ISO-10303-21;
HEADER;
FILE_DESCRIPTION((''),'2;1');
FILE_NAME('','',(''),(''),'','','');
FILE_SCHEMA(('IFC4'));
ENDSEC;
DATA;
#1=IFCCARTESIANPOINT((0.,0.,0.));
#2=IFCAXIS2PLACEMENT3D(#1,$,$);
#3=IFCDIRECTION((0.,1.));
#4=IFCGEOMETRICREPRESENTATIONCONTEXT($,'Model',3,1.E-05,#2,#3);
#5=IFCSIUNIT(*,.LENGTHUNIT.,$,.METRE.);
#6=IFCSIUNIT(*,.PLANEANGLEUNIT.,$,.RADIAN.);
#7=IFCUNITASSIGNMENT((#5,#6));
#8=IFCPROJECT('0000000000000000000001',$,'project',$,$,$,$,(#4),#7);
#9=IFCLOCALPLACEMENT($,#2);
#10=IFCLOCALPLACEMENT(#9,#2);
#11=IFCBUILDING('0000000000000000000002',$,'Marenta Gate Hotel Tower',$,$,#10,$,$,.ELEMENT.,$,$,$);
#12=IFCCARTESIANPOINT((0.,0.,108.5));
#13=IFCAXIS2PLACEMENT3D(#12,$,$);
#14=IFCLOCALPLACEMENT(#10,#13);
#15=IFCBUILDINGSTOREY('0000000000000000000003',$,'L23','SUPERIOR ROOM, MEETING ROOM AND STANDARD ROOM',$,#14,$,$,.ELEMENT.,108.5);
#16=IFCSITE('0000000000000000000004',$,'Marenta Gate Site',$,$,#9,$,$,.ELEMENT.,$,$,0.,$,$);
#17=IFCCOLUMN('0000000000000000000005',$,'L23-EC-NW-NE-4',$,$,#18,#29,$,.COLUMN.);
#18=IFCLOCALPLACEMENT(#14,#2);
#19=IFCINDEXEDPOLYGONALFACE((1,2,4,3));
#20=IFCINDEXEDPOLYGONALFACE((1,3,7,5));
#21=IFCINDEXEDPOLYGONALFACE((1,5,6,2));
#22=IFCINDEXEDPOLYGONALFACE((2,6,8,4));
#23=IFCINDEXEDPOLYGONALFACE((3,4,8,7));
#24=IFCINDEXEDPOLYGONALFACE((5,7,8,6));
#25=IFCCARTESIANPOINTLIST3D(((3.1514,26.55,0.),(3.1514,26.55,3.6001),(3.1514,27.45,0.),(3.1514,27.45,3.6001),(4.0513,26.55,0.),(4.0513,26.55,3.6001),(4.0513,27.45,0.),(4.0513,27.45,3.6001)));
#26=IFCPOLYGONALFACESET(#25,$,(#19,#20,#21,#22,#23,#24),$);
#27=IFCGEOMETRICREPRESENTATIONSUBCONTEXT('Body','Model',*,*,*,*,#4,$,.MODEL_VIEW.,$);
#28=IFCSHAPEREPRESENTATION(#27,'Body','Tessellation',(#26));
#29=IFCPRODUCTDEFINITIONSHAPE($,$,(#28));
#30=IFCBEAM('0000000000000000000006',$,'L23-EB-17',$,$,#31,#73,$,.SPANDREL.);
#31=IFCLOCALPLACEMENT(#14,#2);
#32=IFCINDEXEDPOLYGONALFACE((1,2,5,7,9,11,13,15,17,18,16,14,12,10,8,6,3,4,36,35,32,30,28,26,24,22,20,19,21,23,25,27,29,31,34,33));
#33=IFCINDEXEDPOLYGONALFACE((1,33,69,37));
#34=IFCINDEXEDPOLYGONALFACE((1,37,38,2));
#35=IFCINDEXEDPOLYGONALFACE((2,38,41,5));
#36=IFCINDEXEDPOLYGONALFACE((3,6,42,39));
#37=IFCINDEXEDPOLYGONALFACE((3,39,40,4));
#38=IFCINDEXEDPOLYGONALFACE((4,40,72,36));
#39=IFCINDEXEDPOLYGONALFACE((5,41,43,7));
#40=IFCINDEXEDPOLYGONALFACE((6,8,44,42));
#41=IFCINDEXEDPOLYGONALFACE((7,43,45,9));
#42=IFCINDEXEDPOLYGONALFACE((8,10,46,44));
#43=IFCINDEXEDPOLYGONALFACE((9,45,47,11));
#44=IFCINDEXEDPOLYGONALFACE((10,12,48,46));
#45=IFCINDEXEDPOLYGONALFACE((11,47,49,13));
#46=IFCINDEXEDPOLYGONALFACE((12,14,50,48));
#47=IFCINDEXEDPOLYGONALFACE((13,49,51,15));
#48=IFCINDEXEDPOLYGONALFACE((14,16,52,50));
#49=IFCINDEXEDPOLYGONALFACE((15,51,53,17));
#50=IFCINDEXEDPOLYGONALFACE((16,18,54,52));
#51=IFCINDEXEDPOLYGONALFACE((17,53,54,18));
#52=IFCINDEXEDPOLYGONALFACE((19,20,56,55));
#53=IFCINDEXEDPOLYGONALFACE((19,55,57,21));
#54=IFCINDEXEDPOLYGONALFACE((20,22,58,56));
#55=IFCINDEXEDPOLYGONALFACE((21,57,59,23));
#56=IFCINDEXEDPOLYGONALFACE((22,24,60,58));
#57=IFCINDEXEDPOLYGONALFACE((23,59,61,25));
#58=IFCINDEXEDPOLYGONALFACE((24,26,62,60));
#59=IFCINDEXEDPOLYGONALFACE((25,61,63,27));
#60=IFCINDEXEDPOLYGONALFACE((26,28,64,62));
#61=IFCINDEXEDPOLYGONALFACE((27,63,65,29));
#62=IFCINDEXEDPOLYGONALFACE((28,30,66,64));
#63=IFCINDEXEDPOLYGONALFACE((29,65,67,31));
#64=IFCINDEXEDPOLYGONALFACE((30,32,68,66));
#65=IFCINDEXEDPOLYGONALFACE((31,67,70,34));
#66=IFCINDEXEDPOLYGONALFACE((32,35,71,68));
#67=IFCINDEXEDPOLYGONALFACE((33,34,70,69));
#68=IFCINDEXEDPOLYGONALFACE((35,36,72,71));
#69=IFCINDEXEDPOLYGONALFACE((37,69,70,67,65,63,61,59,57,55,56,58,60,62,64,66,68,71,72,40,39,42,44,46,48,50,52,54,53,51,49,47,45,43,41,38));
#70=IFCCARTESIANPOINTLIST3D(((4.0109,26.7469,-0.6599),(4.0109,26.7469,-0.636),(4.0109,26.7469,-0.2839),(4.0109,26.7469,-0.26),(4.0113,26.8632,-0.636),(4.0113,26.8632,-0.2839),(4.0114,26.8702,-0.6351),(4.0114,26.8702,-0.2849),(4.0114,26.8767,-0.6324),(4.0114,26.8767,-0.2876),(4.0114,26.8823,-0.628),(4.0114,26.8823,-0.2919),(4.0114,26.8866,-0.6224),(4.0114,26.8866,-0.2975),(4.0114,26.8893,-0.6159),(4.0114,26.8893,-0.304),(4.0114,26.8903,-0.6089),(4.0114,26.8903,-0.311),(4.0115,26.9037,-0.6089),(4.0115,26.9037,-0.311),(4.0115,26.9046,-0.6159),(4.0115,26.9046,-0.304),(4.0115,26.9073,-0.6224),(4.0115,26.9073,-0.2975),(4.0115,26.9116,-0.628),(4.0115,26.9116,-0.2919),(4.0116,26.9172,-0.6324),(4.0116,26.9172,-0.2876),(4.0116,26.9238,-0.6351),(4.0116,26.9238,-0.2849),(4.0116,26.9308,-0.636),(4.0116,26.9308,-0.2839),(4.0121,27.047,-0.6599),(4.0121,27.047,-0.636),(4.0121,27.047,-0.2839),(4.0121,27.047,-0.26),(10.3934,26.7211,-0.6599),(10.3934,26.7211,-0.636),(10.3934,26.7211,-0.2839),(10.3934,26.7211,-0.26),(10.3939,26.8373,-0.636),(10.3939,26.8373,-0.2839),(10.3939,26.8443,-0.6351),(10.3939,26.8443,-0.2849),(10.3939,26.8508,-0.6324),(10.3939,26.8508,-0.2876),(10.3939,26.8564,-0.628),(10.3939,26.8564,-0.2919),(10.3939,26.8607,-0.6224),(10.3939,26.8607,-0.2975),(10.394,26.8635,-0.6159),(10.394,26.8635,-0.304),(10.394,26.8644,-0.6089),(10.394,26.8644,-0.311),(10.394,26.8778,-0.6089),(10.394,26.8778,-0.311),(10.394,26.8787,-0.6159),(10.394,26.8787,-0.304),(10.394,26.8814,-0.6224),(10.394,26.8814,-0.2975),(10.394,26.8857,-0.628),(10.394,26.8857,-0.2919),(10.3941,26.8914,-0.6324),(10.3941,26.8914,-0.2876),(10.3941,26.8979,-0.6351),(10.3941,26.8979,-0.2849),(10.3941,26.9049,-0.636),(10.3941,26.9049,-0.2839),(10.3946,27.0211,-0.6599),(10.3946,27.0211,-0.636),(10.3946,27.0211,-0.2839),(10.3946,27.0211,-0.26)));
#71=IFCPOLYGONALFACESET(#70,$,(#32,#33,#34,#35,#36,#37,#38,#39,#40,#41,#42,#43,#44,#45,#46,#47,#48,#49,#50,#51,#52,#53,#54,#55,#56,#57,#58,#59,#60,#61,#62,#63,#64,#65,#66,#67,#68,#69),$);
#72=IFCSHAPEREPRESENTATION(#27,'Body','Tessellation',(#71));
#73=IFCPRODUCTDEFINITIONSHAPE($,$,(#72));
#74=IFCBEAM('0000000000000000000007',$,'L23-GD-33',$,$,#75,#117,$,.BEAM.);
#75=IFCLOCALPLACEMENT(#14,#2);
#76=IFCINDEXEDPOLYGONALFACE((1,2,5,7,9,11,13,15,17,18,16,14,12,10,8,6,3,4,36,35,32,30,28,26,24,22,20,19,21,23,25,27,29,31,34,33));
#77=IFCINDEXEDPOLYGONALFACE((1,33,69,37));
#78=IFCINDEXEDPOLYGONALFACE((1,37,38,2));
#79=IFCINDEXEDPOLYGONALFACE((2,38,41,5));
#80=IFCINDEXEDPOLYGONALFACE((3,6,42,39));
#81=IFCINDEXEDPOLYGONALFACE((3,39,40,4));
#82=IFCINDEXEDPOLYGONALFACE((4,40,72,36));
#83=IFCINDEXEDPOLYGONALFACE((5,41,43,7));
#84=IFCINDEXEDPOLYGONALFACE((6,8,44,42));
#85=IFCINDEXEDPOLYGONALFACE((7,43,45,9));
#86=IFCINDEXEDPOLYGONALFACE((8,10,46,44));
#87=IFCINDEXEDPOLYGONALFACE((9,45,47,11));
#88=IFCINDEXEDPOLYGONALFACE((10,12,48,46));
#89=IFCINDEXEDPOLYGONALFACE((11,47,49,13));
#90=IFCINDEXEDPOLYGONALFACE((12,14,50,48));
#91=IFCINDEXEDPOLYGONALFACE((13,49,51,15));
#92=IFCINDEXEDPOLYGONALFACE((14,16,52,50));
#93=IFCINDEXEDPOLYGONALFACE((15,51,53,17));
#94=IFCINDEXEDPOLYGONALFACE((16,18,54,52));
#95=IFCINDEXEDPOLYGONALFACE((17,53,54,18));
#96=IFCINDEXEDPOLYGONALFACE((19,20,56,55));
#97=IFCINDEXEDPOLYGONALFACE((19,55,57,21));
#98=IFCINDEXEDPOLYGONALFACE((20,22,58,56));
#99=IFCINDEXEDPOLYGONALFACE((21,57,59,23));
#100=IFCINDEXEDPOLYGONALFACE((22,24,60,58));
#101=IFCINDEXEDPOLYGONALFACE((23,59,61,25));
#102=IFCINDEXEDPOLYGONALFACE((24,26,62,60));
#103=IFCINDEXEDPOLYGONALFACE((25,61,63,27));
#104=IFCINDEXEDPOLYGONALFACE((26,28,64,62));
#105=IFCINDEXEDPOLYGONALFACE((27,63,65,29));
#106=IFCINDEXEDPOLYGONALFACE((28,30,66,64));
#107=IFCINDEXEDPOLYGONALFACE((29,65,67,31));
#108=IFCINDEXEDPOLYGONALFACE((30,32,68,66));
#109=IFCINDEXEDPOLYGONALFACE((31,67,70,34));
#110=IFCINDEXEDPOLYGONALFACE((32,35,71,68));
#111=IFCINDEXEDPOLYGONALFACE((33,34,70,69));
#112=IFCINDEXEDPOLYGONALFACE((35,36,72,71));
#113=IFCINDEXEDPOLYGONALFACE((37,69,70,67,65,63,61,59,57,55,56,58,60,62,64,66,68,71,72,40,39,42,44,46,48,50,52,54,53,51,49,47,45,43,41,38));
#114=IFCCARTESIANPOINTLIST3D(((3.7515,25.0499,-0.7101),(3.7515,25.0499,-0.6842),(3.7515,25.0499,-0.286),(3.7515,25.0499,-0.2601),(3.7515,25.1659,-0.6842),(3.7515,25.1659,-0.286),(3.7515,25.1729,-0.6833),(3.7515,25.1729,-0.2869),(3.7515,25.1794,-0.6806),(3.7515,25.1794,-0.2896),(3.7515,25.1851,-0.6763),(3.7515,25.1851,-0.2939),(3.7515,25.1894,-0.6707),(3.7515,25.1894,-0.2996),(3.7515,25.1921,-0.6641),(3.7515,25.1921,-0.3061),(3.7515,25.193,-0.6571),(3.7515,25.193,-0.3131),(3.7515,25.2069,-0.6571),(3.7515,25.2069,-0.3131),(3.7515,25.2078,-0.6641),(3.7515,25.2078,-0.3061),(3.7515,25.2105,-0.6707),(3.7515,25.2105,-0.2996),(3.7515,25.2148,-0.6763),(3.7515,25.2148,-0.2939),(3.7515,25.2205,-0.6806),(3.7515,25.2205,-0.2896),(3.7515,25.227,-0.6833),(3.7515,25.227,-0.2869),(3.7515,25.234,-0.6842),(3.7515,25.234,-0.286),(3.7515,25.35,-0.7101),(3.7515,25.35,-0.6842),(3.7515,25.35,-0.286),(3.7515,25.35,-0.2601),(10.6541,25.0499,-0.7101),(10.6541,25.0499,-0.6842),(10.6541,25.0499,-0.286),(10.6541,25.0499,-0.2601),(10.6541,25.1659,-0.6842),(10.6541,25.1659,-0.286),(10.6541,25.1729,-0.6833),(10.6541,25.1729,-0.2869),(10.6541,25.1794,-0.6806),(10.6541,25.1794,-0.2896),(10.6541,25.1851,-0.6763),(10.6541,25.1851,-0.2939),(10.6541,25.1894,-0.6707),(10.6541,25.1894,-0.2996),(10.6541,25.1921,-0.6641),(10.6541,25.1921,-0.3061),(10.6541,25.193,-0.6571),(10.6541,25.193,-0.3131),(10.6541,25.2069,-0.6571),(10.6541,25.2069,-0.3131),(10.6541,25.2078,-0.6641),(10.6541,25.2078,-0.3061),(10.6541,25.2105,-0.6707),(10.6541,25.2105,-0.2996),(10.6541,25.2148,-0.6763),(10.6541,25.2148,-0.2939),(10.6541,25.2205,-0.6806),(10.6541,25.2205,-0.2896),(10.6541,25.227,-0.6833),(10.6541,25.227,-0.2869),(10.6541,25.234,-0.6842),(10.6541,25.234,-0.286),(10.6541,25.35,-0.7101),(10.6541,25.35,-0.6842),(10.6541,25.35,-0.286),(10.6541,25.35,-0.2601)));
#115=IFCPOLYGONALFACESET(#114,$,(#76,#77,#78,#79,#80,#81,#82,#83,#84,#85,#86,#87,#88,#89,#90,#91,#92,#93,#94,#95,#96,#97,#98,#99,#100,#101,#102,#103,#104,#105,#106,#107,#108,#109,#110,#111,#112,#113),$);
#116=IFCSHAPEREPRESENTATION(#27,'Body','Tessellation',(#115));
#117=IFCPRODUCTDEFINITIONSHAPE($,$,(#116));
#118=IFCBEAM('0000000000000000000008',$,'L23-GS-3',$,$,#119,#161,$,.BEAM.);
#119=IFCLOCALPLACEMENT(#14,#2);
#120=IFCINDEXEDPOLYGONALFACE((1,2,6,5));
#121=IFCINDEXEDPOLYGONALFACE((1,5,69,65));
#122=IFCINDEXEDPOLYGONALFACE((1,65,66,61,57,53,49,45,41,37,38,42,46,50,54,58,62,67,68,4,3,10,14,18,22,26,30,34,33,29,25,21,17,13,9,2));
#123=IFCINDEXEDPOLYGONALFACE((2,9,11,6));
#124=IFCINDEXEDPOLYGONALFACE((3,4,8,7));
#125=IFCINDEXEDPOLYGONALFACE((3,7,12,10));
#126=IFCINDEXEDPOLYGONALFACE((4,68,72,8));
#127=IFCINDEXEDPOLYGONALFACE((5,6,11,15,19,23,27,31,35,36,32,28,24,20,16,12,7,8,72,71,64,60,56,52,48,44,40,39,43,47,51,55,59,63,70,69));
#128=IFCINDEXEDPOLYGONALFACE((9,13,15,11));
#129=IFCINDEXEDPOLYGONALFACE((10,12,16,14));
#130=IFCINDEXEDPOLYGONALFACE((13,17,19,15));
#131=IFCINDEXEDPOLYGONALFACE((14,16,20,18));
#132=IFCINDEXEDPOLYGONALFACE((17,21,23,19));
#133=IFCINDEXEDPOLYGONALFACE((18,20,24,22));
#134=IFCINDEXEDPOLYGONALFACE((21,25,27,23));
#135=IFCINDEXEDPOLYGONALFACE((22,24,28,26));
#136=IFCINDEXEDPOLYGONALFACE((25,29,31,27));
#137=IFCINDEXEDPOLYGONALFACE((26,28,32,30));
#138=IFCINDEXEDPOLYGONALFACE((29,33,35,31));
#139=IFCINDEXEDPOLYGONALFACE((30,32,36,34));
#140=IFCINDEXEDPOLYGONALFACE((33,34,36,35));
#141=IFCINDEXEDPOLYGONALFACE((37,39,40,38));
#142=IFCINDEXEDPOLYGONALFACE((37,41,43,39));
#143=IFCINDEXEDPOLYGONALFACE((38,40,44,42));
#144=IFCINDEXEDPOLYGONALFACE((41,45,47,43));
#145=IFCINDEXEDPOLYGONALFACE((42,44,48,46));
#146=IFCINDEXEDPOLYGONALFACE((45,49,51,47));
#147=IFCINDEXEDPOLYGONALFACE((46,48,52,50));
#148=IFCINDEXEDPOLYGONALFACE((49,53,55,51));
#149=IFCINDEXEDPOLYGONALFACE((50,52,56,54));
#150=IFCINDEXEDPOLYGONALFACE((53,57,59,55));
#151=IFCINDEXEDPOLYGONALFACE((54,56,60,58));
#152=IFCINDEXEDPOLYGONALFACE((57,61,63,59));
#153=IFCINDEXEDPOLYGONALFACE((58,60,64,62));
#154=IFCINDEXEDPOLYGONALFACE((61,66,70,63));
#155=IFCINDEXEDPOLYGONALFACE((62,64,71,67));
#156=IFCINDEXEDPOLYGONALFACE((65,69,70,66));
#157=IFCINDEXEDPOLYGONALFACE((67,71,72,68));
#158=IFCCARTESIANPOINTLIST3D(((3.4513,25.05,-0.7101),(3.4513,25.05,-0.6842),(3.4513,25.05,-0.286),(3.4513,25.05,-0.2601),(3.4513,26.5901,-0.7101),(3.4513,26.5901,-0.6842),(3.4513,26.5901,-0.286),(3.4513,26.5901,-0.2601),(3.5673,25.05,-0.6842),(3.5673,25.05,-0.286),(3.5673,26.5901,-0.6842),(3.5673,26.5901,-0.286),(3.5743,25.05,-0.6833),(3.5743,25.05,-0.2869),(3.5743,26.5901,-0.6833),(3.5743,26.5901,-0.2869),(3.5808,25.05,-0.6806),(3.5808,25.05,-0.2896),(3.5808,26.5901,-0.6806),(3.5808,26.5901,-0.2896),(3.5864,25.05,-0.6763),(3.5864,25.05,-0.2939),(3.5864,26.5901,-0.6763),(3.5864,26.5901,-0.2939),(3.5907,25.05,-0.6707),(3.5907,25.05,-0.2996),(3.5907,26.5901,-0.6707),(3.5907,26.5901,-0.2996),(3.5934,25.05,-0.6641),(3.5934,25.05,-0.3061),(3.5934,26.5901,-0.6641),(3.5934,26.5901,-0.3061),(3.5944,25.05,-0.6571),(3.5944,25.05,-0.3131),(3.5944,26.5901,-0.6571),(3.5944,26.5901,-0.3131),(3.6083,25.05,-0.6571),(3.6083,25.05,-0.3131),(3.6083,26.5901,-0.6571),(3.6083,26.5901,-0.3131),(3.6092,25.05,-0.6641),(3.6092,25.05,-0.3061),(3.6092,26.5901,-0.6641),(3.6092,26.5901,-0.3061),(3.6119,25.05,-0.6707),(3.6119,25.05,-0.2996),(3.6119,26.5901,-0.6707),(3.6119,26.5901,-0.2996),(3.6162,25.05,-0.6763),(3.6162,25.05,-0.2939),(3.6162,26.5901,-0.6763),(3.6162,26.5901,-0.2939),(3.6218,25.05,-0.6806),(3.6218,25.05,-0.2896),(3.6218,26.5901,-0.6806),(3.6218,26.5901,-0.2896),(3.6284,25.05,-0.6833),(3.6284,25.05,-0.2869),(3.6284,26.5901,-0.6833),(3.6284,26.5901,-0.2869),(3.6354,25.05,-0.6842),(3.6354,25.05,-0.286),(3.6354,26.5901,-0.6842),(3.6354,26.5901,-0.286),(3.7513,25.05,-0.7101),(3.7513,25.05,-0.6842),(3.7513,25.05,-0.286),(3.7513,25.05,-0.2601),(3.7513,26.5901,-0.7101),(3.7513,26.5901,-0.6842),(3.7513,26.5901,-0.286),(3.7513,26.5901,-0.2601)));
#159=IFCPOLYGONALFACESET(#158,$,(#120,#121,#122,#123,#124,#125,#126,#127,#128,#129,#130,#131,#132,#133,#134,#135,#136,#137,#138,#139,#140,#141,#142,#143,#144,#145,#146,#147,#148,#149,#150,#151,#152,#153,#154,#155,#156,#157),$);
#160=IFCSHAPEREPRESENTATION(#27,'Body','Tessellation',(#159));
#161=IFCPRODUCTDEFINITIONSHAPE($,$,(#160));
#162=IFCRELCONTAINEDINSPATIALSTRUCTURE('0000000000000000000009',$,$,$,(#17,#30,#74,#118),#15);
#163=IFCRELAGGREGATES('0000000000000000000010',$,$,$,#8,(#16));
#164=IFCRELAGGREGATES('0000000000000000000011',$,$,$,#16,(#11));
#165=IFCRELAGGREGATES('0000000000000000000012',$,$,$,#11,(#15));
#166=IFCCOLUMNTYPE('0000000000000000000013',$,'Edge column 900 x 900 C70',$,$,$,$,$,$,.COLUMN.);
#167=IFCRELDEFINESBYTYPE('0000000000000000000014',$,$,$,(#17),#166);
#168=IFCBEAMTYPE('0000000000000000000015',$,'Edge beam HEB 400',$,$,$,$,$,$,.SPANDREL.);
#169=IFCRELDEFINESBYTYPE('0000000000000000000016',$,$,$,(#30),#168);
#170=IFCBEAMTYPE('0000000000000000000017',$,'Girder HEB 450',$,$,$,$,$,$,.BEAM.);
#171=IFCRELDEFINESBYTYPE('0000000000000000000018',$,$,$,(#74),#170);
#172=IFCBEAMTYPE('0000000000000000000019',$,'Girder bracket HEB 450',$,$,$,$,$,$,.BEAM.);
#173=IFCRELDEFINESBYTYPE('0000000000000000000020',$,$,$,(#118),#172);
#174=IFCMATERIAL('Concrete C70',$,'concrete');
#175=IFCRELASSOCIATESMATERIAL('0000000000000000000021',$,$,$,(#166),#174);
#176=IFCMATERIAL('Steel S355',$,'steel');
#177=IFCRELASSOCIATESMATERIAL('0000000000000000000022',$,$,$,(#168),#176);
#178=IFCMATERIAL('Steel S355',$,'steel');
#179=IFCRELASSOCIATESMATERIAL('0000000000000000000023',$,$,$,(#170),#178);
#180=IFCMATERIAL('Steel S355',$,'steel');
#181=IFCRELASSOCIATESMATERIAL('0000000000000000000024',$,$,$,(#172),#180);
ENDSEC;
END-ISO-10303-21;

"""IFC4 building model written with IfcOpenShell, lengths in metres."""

from ifc_helpers import new_model, si_unit, direction, frame, origin, origin_2d, place, context, subcontext, project, spatial, rectangle, i_section, extrude, material, material_profile, profile_set, type_object, element, save


model = new_model("IFC4")

# Units and contexts
model_context = context("Model", 3, precision=1e-05, world=origin(), true_north=direction((0.0, 1.0)))
body_context = subcontext(model_context, "Body", "Model", "MODEL_VIEW")
ifc_project = project(units=[si_unit("LENGTHUNIT", "METRE"), si_unit("PLANEANGLEUNIT", "RADIAN")], contexts=[model_context])

# Site, building, storey
site_placement = place(None, origin())
site = spatial("IfcSite", under=ifc_project, at=site_placement, Name="Marenta Gate Site", CompositionType="ELEMENT", RefElevation=0.0)
building_placement = place(site_placement, origin())
building = spatial("IfcBuilding", under=site, at=building_placement, Name="Marenta Gate Hotel Tower", CompositionType="ELEMENT")
storey_placement = place(building_placement, frame((0.0, 0.0, 108.5)))
storey = spatial("IfcBuildingStorey", under=building, at=storey_placement, Name="L23", Description="SUPERIOR ROOM, MEETING ROOM AND STANDARD ROOM", CompositionType="ELEMENT", Elevation=108.5)

# Column
ifc_material_1 = material(Name="Concrete C70", Category="concrete")
ifc_material_profile_1 = material_profile(ifc_material_1, rectangle(XDim=0.8999, YDim=0.8999, at=origin_2d()), Name="900 x 900")
ifc_profile_set_1 = profile_set([ifc_material_profile_1], Name="Concrete C70")
column_type = type_object("IfcColumnType", Name="Edge column 900 x 900 C70", PredefinedType="COLUMN", material=ifc_profile_set_1)
column_placement = place(storey_placement, frame((3.6013, 27.0, 0.0), z_axis=(0.0, 0.0, 1.0), x_axis=(1.0, 0.0, 0.0)))
element("IfcColumn", 1, at=column_placement, inside=storey, type_object=column_type, Name="L23-EC-NW-NE-4", PredefinedType="COLUMN", context=body_context, shape_type="SweptSolid", body=[
    extrude(rectangle(XDim=0.8999, YDim=0.8999, at=origin_2d()), origin(), (0.0, 0.0, 1.0), 3.6001),
])

# Beams
ifc_material_2 = material(Name="Steel S355", Category="steel")
ifc_material_profile_2 = material_profile(ifc_material_2, i_section(OverallWidth=0.3, OverallDepth=0.3999, WebThickness=0.0134, FlangeThickness=0.0239, FilletRadius=0.0271, at=origin_2d()), Name="HEB 400")
ifc_profile_set_2 = profile_set([ifc_material_profile_2], Name="Steel S355")
beam_type_1 = type_object("IfcBeamType", Name="Edge beam HEB 400", PredefinedType="SPANDREL", material=ifc_profile_set_2)
beam_1_placement = place(storey_placement, frame((4.0115, 26.897, -0.46), z_axis=(0.999992, -0.004055, 0.0), x_axis=(0.004055, 0.999992, 0.0)))
element("IfcBeam", 2, at=beam_1_placement, inside=storey, type_object=beam_type_1, Name="L23-EB-17", PredefinedType="SPANDREL", context=body_context, shape_type="SweptSolid", body=[
    extrude(i_section(OverallWidth=0.3, OverallDepth=0.3999, WebThickness=0.0134, FlangeThickness=0.0239, FilletRadius=0.0271, at=origin_2d()), origin(), (0.0, 0.0, 1.0), 6.3826),
])
ifc_material_3 = material(Name="Steel S355", Category="steel")
ifc_material_profile_3 = material_profile(ifc_material_3, i_section(OverallWidth=0.3, OverallDepth=0.45, WebThickness=0.0139, FlangeThickness=0.0259, FilletRadius=0.0271, at=origin_2d()), Name="HEB 450")
ifc_profile_set_3 = profile_set([ifc_material_profile_3], Name="Steel S355")
beam_type_2 = type_object("IfcBeamType", Name="Girder HEB 450", PredefinedType="BEAM", material=ifc_profile_set_3)
beam_2_placement = place(storey_placement, frame((3.7515, 25.2, -0.4851), z_axis=(1.0, 0.0, 0.0), x_axis=(0.0, 1.0, 0.0)))
element("IfcBeam", 3, at=beam_2_placement, inside=storey, type_object=beam_type_2, Name="L23-GD-33", PredefinedType="BEAM", context=body_context, shape_type="SweptSolid", body=[
    extrude(i_section(OverallWidth=0.3, OverallDepth=0.45, WebThickness=0.0139, FlangeThickness=0.0259, FilletRadius=0.0271, at=origin_2d()), origin(), (0.0, 0.0, 1.0), 6.9026),
])
ifc_material_4 = material(Name="Steel S355", Category="steel")
ifc_material_profile_4 = material_profile(ifc_material_4, i_section(OverallWidth=0.3, OverallDepth=0.45, WebThickness=0.0139, FlangeThickness=0.0259, FilletRadius=0.0271, at=origin_2d()), Name="HEB 450")
ifc_profile_set_4 = profile_set([ifc_material_profile_4], Name="Steel S355")
beam_type_3 = type_object("IfcBeamType", Name="Girder bracket HEB 450", PredefinedType="BEAM", material=ifc_profile_set_4)
beam_3_placement = place(storey_placement, frame((3.6013, 25.05, -0.4851), z_axis=(0.0, 1.0, 0.0), x_axis=(-1.0, 0.0, 0.0)))
element("IfcBeam", 4, at=beam_3_placement, inside=storey, type_object=beam_type_3, Name="L23-GS-3", PredefinedType="BEAM", context=body_context, shape_type="SweptSolid", body=[
    extrude(i_section(OverallWidth=0.3, OverallDepth=0.45, WebThickness=0.0139, FlangeThickness=0.0259, FilletRadius=0.0271, at=origin_2d()), origin(), (0.0, 0.0, 1.0), 1.54),
])

save(model, "model.ifc")
